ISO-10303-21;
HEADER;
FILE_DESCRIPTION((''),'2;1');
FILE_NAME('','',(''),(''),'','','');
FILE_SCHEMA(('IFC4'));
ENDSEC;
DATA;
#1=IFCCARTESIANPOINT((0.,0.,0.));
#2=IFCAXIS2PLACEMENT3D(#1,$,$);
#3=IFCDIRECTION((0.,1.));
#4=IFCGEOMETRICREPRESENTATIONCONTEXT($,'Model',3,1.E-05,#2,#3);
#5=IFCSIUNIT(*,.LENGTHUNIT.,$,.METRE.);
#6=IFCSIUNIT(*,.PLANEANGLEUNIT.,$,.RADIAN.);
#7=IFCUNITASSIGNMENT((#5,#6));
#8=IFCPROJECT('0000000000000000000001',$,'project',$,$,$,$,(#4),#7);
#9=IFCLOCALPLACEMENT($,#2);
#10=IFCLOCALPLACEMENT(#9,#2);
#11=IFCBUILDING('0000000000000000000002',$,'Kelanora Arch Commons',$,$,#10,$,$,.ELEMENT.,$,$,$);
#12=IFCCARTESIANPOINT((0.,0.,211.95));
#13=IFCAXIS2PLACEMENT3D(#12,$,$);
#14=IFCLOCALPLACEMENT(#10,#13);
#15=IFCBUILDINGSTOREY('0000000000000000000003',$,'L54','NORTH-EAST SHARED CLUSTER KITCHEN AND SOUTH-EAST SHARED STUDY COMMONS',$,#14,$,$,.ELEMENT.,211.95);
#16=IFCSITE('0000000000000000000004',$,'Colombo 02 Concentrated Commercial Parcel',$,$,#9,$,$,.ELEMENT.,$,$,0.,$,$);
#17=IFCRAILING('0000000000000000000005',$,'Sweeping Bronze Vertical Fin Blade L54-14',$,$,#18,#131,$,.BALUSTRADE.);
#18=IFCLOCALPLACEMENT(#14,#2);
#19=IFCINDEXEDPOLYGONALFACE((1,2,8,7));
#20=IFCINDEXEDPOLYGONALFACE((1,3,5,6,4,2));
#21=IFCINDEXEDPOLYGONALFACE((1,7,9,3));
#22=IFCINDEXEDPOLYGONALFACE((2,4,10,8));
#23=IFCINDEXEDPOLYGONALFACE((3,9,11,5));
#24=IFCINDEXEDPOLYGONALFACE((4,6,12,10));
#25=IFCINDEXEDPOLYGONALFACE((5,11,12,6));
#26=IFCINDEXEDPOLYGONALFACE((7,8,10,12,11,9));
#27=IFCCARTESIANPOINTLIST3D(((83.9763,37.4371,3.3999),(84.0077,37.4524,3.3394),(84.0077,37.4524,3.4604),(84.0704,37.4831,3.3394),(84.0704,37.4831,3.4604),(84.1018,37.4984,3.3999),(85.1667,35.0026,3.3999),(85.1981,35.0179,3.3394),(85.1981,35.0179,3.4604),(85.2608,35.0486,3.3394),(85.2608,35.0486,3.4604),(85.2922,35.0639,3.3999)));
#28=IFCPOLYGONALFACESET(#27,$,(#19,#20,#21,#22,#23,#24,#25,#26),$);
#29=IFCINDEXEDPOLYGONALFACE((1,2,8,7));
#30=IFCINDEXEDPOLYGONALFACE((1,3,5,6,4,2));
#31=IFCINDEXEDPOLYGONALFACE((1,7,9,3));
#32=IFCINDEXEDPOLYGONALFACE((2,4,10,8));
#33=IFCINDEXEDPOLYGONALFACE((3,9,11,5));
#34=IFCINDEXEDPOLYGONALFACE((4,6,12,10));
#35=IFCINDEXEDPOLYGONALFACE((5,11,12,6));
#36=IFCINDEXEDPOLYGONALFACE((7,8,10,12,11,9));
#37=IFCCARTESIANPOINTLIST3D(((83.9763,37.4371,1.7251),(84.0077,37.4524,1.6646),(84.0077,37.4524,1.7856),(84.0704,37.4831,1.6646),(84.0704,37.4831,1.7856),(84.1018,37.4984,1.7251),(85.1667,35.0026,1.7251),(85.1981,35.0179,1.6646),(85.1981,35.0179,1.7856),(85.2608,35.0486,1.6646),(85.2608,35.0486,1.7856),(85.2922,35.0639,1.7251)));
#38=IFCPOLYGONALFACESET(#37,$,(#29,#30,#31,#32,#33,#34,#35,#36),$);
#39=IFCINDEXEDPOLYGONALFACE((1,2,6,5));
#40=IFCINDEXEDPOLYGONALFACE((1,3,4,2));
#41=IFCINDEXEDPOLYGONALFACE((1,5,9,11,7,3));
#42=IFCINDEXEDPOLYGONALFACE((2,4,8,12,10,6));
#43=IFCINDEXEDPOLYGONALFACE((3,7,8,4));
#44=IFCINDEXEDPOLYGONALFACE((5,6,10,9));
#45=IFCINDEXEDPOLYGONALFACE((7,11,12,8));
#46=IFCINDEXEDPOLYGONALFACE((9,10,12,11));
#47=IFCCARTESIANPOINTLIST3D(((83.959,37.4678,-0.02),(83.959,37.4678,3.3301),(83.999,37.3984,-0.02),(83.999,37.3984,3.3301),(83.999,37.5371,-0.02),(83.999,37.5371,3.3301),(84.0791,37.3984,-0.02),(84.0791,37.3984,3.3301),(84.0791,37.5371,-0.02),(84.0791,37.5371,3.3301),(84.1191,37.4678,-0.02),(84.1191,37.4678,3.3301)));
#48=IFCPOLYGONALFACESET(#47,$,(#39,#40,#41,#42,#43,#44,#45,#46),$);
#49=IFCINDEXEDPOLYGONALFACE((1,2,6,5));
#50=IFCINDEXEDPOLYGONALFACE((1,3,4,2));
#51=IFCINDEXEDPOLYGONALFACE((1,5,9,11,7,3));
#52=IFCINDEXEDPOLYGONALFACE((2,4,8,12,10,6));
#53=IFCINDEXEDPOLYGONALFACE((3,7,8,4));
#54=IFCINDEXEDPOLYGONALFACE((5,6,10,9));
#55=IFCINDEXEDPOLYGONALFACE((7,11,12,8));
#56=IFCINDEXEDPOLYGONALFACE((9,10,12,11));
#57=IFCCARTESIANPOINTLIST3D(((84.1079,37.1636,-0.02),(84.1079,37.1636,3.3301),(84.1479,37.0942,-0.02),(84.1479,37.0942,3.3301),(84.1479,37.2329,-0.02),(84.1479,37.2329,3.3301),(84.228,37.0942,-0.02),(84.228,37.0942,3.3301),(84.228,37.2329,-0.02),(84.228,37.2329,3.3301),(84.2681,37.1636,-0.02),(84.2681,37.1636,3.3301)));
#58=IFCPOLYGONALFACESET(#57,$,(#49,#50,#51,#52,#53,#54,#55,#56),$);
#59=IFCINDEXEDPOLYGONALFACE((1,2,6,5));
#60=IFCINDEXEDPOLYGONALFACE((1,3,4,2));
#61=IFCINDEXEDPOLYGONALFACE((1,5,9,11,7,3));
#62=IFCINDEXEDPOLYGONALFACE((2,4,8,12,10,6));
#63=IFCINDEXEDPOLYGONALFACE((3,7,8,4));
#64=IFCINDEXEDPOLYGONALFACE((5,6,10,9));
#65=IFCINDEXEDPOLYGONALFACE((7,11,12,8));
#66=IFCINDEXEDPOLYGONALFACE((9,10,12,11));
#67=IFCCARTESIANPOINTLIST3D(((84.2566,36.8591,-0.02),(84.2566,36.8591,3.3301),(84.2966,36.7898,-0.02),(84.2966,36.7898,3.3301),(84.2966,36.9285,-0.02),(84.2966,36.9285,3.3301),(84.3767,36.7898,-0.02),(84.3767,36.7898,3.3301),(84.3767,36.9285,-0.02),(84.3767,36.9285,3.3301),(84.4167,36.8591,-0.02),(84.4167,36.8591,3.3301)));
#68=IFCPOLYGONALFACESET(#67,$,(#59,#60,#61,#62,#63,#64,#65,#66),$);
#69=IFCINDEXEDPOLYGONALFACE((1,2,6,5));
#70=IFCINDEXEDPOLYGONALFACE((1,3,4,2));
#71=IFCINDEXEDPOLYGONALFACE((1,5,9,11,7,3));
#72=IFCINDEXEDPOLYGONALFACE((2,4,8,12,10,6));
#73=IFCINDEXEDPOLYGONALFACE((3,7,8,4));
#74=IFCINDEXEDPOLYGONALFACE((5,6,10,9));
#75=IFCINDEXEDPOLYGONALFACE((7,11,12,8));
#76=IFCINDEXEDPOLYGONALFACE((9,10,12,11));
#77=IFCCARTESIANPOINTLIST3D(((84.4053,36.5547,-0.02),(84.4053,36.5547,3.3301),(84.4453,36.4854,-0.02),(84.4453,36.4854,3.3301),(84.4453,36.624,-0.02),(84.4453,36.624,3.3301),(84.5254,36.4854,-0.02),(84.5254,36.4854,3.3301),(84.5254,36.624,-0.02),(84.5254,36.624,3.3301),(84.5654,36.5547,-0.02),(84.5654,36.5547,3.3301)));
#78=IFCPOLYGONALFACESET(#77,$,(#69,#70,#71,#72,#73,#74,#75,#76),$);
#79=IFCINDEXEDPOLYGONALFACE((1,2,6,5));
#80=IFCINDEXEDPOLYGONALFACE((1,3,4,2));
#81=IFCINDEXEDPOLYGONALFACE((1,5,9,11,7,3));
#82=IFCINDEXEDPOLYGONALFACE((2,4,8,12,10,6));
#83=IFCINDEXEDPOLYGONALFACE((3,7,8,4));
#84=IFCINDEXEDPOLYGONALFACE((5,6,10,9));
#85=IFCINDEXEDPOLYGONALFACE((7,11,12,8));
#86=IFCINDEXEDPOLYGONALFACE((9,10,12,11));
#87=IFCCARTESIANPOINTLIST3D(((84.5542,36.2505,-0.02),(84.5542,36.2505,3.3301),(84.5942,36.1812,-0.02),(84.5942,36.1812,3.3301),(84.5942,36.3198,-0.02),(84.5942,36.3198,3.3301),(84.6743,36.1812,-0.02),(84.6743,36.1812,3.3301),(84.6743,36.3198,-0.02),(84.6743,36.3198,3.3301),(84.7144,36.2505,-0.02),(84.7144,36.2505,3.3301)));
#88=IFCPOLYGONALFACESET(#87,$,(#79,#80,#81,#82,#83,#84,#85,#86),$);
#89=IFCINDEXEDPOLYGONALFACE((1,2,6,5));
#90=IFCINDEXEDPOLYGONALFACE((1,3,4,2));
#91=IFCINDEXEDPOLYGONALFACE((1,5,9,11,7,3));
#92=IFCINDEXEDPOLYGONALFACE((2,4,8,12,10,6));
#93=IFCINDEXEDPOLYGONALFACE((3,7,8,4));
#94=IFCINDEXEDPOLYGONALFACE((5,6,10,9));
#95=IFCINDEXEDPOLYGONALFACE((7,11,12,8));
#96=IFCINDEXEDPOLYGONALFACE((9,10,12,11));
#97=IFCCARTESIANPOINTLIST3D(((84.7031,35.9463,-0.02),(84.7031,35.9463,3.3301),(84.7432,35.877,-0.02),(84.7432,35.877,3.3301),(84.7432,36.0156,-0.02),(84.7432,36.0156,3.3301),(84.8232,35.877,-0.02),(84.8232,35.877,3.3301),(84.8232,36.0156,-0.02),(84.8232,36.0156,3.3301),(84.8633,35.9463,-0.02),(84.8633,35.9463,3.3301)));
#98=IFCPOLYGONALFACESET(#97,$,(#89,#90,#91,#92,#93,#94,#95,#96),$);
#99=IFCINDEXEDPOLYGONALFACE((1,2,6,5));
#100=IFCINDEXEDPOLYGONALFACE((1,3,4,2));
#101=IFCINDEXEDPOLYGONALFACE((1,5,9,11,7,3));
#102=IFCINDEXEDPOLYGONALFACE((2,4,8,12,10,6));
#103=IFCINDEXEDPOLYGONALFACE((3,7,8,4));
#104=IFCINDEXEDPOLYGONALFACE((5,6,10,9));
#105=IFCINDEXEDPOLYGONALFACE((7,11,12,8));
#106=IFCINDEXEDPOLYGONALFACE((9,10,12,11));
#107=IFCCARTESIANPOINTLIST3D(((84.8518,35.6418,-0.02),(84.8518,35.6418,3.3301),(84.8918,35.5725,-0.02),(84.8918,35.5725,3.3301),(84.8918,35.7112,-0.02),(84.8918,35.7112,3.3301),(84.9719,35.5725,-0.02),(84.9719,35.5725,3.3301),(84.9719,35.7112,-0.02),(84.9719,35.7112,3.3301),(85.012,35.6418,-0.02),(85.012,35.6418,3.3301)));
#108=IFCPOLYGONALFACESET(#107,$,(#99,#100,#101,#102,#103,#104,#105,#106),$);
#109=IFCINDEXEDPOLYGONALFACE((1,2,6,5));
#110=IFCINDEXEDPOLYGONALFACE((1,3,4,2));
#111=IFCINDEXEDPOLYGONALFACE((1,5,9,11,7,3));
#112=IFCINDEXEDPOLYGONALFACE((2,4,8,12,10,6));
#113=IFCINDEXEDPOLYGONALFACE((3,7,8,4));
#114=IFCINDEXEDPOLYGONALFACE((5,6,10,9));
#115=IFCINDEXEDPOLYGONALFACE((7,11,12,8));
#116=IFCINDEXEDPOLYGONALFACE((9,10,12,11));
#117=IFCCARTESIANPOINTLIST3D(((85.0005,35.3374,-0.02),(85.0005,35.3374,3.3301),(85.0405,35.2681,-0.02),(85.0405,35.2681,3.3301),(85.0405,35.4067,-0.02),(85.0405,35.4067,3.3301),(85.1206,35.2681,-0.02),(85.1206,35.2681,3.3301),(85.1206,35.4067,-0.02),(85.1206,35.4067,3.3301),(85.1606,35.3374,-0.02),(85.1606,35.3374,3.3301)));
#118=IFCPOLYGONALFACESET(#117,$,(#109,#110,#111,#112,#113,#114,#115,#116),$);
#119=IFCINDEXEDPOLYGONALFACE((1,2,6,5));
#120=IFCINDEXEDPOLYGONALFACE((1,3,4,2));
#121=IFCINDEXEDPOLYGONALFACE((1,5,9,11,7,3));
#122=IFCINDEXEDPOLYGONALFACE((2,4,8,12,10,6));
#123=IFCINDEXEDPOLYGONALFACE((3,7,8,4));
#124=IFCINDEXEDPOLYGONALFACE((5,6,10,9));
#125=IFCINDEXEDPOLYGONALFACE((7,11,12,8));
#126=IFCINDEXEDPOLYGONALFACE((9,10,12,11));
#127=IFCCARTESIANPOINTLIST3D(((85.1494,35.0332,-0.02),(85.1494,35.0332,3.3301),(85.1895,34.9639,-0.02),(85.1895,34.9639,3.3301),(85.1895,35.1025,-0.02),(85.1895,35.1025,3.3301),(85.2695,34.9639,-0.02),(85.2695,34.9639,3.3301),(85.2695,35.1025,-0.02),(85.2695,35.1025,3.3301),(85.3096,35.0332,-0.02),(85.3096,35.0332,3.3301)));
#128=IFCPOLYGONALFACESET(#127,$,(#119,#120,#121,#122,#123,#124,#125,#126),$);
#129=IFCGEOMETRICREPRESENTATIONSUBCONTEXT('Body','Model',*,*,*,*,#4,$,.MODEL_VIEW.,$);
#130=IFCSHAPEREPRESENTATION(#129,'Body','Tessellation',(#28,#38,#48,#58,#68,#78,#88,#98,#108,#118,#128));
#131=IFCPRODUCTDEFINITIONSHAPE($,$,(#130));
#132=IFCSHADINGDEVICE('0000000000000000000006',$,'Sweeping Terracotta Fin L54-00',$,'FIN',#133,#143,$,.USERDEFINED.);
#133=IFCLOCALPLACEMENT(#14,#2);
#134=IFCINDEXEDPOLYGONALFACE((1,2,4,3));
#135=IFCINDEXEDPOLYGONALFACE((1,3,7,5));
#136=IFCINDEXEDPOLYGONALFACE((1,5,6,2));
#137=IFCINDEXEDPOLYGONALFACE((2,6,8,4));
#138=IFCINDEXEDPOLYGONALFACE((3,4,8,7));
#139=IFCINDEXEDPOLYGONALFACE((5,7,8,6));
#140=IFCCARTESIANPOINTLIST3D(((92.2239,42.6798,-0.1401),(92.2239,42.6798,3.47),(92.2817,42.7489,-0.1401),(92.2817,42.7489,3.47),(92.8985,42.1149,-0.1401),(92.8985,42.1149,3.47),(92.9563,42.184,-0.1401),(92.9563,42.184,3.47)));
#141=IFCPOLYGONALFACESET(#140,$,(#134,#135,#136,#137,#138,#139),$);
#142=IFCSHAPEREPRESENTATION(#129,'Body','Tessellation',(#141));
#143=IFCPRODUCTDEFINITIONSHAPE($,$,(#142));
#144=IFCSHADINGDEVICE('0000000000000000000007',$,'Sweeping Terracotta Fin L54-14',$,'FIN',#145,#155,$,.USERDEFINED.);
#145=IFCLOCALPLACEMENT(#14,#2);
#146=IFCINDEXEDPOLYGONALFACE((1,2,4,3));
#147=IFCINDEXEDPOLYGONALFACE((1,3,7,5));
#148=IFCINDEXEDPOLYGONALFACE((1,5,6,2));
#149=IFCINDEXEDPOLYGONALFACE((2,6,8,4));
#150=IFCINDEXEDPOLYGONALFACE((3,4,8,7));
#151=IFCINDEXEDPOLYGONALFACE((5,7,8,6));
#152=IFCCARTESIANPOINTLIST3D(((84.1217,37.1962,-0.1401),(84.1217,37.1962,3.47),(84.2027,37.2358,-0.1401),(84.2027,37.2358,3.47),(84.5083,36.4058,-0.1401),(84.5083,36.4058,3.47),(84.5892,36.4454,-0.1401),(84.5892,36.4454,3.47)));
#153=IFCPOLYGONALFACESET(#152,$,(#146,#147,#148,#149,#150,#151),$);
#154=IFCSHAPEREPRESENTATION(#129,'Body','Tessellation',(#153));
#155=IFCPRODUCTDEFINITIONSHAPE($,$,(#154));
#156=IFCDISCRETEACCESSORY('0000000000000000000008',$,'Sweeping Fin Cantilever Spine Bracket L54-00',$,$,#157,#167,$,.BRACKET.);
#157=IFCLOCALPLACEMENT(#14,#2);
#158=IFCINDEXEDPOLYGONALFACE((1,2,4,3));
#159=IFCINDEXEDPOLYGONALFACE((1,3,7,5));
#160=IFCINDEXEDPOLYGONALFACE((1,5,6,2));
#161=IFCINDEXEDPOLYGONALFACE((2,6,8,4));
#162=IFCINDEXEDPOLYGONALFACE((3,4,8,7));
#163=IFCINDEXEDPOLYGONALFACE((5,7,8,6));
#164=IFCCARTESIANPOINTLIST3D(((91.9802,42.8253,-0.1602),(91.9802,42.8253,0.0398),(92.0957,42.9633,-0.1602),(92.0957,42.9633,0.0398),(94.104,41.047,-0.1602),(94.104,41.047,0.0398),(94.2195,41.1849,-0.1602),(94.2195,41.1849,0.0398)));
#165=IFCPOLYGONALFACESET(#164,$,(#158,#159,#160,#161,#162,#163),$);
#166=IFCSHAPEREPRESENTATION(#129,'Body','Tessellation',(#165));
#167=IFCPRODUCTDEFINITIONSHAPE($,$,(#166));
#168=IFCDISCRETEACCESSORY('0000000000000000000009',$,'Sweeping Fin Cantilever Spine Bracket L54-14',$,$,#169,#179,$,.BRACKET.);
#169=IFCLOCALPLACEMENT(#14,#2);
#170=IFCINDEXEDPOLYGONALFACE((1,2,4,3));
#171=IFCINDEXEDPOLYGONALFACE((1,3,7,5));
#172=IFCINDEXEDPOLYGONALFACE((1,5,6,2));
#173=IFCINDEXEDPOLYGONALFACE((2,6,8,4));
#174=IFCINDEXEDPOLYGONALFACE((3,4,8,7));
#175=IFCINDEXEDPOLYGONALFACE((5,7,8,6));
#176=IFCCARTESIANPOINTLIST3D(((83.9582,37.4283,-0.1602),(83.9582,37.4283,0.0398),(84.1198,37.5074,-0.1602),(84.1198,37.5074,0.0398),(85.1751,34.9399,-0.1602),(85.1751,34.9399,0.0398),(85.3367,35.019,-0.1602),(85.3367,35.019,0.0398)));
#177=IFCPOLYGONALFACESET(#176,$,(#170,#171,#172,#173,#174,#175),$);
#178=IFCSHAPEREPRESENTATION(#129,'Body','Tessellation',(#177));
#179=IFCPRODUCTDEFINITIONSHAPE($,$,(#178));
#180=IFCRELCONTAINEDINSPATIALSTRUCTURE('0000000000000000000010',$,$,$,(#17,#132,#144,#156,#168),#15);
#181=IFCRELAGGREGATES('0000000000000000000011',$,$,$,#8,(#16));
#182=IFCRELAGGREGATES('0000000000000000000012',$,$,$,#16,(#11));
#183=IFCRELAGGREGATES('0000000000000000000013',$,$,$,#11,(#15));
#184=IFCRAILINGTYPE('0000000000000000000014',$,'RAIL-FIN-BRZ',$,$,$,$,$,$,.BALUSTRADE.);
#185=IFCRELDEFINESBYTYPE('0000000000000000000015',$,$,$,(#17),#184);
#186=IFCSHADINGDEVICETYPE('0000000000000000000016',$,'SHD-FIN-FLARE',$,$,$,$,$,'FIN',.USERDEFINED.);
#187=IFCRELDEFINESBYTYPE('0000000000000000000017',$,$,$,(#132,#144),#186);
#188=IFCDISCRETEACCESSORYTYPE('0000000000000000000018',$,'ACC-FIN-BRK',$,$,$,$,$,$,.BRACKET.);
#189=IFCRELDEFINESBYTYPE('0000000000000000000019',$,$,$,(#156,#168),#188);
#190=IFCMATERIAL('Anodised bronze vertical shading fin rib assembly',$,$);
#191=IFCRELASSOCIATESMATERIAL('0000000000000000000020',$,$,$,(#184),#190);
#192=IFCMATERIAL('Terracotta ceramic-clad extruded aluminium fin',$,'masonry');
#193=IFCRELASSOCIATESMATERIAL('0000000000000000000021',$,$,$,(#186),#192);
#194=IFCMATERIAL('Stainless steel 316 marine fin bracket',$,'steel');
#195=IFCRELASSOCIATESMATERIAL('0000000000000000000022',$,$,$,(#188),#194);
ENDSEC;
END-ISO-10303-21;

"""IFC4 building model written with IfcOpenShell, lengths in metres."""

from ifc_helpers import new_model, si_unit, direction, frame, origin, origin_2d, place, context, subcontext, project, spatial, polyline, rectangle, outline, extrude, source, transform, mapped, material, type_object, element, save


model = new_model("IFC4")

# Units and contexts
model_context = context("Model", 3, precision=1e-05, world=origin(), true_north=direction((0.0, 1.0)))
body_context = subcontext(model_context, "Body", "Model", "MODEL_VIEW")
ifc_project = project(units=[si_unit("LENGTHUNIT", "METRE"), si_unit("PLANEANGLEUNIT", "RADIAN")], contexts=[model_context])

# Site, building, storey
site_placement = place(None, origin())
site = spatial("IfcSite", under=ifc_project, at=site_placement, Name="Colombo 02 Concentrated Commercial Parcel", CompositionType="ELEMENT", RefElevation=0.0)
building_placement = place(site_placement, origin())
building = spatial("IfcBuilding", under=site, at=building_placement, Name="Kelanora Arch Commons", CompositionType="ELEMENT")
storey_placement = place(building_placement, frame((0.0, 0.0, 211.95)))
storey = spatial("IfcBuildingStorey", under=building, at=storey_placement, Name="L54", Description="NORTH-EAST SHARED CLUSTER KITCHEN AND SOUTH-EAST SHARED STUDY COMMONS", CompositionType="ELEMENT", Elevation=211.95)

# Railing
ifc_material_1 = material(Name="Anodised bronze vertical shading fin rib assembly")
railing_type = type_object("IfcRailingType", Name="RAIL-FIN-BRZ", PredefinedType="BALUSTRADE", material=ifc_material_1)
railing_1_placement = place(storey_placement, frame((84.0391, 37.4678, -0.02)))
element("IfcRailing", 1, at=railing_1_placement, inside=storey, type_object=railing_type, Name="Sweeping Bronze Vertical Fin Blade L54-14", PredefinedType="BALUSTRADE", context=body_context, shape_type="SweptSolid", body=[
    extrude(outline(polyline([(0.0698, 0.0), (0.0349, 0.0605), (-0.0349, 0.0605), (-0.0698, 0.0), (-0.0349, -0.0605), (0.0349, -0.0605), (0.0698, 0.0)])), frame((0.0, 0.0, 3.4199), z_axis=(0.439268, -0.898356, 0.0), x_axis=(0.898356, 0.439268, 0.0)), (0.0, 0.0, 1.0), 2.71),
    extrude(outline(polyline([(0.0698, 0.0), (0.0349, 0.0605), (-0.0349, 0.0605), (-0.0698, 0.0), (-0.0349, -0.0605), (0.0349, -0.0605), (0.0698, 0.0)])), frame((0.0, 0.0, 1.7451), z_axis=(0.439268, -0.898356, 0.0), x_axis=(0.898356, 0.439268, 0.0)), (0.0, 0.0, 1.0), 2.71),
    extrude(outline(polyline([(0.0801, 0.0), (0.04, 0.0693), (-0.04, 0.0693), (-0.0801, 0.0), (-0.04, -0.0693), (0.04, -0.0693), (0.0801, 0.0)])), origin(), (0.0, 0.0, 1.0), 3.3501),
    extrude(outline(polyline([(0.0801, 0.0), (0.04, 0.0693), (-0.04, 0.0693), (-0.0801, 0.0), (-0.04, -0.0693), (0.04, -0.0693), (0.0801, 0.0)])), frame((0.1489, -0.3042, 0.0)), (0.0, 0.0, 1.0), 3.3501),
    extrude(outline(polyline([(0.0801, 0.0), (0.04, 0.0693), (-0.04, 0.0693), (-0.0801, 0.0), (-0.04, -0.0693), (0.04, -0.0693), (0.0801, 0.0)])), frame((0.2976, -0.6086, 0.0)), (0.0, 0.0, 1.0), 3.3501),
    extrude(outline(polyline([(0.0801, 0.0), (0.04, 0.0693), (-0.04, 0.0693), (-0.0801, 0.0), (-0.04, -0.0693), (0.04, -0.0693), (0.0801, 0.0)])), frame((0.4463, -0.9131, 0.0)), (0.0, 0.0, 1.0), 3.3501),
    extrude(outline(polyline([(0.0801, 0.0), (0.04, 0.0693), (-0.04, 0.0693), (-0.0801, 0.0), (-0.04, -0.0693), (0.04, -0.0693), (0.0801, 0.0)])), frame((0.5952, -1.2173, 0.0)), (0.0, 0.0, 1.0), 3.3501),
    extrude(outline(polyline([(0.0801, 0.0), (0.04, 0.0693), (-0.04, 0.0693), (-0.0801, 0.0), (-0.04, -0.0693), (0.04, -0.0693), (0.0801, 0.0)])), frame((0.7441, -1.5215, 0.0)), (0.0, 0.0, 1.0), 3.3501),
    extrude(outline(polyline([(0.0801, 0.0), (0.04, 0.0693), (-0.04, 0.0693), (-0.0801, 0.0), (-0.04, -0.0693), (0.04, -0.0693), (0.0801, 0.0)])), frame((0.8928, -1.8259, 0.0)), (0.0, 0.0, 1.0), 3.3501),
    extrude(outline(polyline([(0.0801, 0.0), (0.04, 0.0693), (-0.04, 0.0693), (-0.0801, 0.0), (-0.04, -0.0693), (0.04, -0.0693), (0.0801, 0.0)])), frame((1.0415, -2.1304, 0.0)), (0.0, 0.0, 1.0), 3.3501),
    extrude(outline(polyline([(0.0801, 0.0), (0.04, 0.0693), (-0.04, 0.0693), (-0.0801, 0.0), (-0.04, -0.0693), (0.04, -0.0693), (0.0801, 0.0)])), frame((1.1904, -2.4346, 0.0)), (0.0, 0.0, 1.0), 3.3501),
])

# Shading devices
ifc_material_2 = material(Name="Terracotta ceramic-clad extruded aluminium fin", Category="masonry")
shading_device_type = type_object("IfcShadingDeviceType", Name="SHD-FIN-FLARE", ElementType="FIN", PredefinedType="USERDEFINED", material=ifc_material_2)
shared_shape_1 = source(origin(), body_context, "Body", "SweptSolid", [
    extrude(rectangle(XDim=0.8799, YDim=0.0901, at=origin_2d()), origin(), (0.0, 0.0, 1.0), 3.6101),
])
for number, where, z_axis, x_axis, name in (
    (2, (92.5901, 42.4319, -0.1401), (0.0, 0.0, 1.0), (0.766717, -0.641985, 0.0), "Sweeping Terracotta Fin L54-00"),
    (3, (84.3555, 36.8208, -0.1401), (0.0, 0.0, 1.0), (0.439312, -0.898334, 0.0), "Sweeping Terracotta Fin L54-14"),
):
    element("IfcShadingDevice", number, at=place(storey_placement, frame(where, z_axis=z_axis, x_axis=x_axis)), inside=storey, type_object=shading_device_type, Name=name, ObjectType="FIN", PredefinedType="USERDEFINED", context=body_context, shape_type="MappedRepresentation", body=[
        mapped(shared_shape_1, transform((0.0, 0.0, 0.0), scale=1.0)),
    ])

# Discrete accessories
ifc_material_3 = material(Name="Stainless steel 316 marine fin bracket", Category="steel")
discrete_accessory_type = type_object("IfcDiscreteAccessoryType", Name="ACC-FIN-BRK", PredefinedType="BRACKET", material=ifc_material_3)
shared_shape_2 = source(origin(), body_context, "Body", "SweptSolid", [
    extrude(rectangle(XDim=2.77, YDim=0.1799, at=origin_2d()), origin(), (0.0, 0.0, 1.0), 0.2),
])
for number, where, z_axis, x_axis, name in (
    (4, (93.0999, 42.0051, -0.1602), (0.0, 0.0, 1.0), (0.766717, -0.641985, 0.0), "Sweeping Fin Cantilever Spine Bracket L54-00"),
    (5, (84.6475, 36.2236, -0.1602), (0.0, 0.0, 1.0), (0.439312, -0.898334, 0.0), "Sweeping Fin Cantilever Spine Bracket L54-14"),
):
    element("IfcDiscreteAccessory", number, at=place(storey_placement, frame(where, z_axis=z_axis, x_axis=x_axis)), inside=storey, type_object=discrete_accessory_type, Name=name, PredefinedType="BRACKET", context=body_context, shape_type="MappedRepresentation", body=[
        mapped(shared_shape_2, transform((0.0, 0.0, 0.0), scale=1.0)),
    ])

save(model, "model.ifc")
